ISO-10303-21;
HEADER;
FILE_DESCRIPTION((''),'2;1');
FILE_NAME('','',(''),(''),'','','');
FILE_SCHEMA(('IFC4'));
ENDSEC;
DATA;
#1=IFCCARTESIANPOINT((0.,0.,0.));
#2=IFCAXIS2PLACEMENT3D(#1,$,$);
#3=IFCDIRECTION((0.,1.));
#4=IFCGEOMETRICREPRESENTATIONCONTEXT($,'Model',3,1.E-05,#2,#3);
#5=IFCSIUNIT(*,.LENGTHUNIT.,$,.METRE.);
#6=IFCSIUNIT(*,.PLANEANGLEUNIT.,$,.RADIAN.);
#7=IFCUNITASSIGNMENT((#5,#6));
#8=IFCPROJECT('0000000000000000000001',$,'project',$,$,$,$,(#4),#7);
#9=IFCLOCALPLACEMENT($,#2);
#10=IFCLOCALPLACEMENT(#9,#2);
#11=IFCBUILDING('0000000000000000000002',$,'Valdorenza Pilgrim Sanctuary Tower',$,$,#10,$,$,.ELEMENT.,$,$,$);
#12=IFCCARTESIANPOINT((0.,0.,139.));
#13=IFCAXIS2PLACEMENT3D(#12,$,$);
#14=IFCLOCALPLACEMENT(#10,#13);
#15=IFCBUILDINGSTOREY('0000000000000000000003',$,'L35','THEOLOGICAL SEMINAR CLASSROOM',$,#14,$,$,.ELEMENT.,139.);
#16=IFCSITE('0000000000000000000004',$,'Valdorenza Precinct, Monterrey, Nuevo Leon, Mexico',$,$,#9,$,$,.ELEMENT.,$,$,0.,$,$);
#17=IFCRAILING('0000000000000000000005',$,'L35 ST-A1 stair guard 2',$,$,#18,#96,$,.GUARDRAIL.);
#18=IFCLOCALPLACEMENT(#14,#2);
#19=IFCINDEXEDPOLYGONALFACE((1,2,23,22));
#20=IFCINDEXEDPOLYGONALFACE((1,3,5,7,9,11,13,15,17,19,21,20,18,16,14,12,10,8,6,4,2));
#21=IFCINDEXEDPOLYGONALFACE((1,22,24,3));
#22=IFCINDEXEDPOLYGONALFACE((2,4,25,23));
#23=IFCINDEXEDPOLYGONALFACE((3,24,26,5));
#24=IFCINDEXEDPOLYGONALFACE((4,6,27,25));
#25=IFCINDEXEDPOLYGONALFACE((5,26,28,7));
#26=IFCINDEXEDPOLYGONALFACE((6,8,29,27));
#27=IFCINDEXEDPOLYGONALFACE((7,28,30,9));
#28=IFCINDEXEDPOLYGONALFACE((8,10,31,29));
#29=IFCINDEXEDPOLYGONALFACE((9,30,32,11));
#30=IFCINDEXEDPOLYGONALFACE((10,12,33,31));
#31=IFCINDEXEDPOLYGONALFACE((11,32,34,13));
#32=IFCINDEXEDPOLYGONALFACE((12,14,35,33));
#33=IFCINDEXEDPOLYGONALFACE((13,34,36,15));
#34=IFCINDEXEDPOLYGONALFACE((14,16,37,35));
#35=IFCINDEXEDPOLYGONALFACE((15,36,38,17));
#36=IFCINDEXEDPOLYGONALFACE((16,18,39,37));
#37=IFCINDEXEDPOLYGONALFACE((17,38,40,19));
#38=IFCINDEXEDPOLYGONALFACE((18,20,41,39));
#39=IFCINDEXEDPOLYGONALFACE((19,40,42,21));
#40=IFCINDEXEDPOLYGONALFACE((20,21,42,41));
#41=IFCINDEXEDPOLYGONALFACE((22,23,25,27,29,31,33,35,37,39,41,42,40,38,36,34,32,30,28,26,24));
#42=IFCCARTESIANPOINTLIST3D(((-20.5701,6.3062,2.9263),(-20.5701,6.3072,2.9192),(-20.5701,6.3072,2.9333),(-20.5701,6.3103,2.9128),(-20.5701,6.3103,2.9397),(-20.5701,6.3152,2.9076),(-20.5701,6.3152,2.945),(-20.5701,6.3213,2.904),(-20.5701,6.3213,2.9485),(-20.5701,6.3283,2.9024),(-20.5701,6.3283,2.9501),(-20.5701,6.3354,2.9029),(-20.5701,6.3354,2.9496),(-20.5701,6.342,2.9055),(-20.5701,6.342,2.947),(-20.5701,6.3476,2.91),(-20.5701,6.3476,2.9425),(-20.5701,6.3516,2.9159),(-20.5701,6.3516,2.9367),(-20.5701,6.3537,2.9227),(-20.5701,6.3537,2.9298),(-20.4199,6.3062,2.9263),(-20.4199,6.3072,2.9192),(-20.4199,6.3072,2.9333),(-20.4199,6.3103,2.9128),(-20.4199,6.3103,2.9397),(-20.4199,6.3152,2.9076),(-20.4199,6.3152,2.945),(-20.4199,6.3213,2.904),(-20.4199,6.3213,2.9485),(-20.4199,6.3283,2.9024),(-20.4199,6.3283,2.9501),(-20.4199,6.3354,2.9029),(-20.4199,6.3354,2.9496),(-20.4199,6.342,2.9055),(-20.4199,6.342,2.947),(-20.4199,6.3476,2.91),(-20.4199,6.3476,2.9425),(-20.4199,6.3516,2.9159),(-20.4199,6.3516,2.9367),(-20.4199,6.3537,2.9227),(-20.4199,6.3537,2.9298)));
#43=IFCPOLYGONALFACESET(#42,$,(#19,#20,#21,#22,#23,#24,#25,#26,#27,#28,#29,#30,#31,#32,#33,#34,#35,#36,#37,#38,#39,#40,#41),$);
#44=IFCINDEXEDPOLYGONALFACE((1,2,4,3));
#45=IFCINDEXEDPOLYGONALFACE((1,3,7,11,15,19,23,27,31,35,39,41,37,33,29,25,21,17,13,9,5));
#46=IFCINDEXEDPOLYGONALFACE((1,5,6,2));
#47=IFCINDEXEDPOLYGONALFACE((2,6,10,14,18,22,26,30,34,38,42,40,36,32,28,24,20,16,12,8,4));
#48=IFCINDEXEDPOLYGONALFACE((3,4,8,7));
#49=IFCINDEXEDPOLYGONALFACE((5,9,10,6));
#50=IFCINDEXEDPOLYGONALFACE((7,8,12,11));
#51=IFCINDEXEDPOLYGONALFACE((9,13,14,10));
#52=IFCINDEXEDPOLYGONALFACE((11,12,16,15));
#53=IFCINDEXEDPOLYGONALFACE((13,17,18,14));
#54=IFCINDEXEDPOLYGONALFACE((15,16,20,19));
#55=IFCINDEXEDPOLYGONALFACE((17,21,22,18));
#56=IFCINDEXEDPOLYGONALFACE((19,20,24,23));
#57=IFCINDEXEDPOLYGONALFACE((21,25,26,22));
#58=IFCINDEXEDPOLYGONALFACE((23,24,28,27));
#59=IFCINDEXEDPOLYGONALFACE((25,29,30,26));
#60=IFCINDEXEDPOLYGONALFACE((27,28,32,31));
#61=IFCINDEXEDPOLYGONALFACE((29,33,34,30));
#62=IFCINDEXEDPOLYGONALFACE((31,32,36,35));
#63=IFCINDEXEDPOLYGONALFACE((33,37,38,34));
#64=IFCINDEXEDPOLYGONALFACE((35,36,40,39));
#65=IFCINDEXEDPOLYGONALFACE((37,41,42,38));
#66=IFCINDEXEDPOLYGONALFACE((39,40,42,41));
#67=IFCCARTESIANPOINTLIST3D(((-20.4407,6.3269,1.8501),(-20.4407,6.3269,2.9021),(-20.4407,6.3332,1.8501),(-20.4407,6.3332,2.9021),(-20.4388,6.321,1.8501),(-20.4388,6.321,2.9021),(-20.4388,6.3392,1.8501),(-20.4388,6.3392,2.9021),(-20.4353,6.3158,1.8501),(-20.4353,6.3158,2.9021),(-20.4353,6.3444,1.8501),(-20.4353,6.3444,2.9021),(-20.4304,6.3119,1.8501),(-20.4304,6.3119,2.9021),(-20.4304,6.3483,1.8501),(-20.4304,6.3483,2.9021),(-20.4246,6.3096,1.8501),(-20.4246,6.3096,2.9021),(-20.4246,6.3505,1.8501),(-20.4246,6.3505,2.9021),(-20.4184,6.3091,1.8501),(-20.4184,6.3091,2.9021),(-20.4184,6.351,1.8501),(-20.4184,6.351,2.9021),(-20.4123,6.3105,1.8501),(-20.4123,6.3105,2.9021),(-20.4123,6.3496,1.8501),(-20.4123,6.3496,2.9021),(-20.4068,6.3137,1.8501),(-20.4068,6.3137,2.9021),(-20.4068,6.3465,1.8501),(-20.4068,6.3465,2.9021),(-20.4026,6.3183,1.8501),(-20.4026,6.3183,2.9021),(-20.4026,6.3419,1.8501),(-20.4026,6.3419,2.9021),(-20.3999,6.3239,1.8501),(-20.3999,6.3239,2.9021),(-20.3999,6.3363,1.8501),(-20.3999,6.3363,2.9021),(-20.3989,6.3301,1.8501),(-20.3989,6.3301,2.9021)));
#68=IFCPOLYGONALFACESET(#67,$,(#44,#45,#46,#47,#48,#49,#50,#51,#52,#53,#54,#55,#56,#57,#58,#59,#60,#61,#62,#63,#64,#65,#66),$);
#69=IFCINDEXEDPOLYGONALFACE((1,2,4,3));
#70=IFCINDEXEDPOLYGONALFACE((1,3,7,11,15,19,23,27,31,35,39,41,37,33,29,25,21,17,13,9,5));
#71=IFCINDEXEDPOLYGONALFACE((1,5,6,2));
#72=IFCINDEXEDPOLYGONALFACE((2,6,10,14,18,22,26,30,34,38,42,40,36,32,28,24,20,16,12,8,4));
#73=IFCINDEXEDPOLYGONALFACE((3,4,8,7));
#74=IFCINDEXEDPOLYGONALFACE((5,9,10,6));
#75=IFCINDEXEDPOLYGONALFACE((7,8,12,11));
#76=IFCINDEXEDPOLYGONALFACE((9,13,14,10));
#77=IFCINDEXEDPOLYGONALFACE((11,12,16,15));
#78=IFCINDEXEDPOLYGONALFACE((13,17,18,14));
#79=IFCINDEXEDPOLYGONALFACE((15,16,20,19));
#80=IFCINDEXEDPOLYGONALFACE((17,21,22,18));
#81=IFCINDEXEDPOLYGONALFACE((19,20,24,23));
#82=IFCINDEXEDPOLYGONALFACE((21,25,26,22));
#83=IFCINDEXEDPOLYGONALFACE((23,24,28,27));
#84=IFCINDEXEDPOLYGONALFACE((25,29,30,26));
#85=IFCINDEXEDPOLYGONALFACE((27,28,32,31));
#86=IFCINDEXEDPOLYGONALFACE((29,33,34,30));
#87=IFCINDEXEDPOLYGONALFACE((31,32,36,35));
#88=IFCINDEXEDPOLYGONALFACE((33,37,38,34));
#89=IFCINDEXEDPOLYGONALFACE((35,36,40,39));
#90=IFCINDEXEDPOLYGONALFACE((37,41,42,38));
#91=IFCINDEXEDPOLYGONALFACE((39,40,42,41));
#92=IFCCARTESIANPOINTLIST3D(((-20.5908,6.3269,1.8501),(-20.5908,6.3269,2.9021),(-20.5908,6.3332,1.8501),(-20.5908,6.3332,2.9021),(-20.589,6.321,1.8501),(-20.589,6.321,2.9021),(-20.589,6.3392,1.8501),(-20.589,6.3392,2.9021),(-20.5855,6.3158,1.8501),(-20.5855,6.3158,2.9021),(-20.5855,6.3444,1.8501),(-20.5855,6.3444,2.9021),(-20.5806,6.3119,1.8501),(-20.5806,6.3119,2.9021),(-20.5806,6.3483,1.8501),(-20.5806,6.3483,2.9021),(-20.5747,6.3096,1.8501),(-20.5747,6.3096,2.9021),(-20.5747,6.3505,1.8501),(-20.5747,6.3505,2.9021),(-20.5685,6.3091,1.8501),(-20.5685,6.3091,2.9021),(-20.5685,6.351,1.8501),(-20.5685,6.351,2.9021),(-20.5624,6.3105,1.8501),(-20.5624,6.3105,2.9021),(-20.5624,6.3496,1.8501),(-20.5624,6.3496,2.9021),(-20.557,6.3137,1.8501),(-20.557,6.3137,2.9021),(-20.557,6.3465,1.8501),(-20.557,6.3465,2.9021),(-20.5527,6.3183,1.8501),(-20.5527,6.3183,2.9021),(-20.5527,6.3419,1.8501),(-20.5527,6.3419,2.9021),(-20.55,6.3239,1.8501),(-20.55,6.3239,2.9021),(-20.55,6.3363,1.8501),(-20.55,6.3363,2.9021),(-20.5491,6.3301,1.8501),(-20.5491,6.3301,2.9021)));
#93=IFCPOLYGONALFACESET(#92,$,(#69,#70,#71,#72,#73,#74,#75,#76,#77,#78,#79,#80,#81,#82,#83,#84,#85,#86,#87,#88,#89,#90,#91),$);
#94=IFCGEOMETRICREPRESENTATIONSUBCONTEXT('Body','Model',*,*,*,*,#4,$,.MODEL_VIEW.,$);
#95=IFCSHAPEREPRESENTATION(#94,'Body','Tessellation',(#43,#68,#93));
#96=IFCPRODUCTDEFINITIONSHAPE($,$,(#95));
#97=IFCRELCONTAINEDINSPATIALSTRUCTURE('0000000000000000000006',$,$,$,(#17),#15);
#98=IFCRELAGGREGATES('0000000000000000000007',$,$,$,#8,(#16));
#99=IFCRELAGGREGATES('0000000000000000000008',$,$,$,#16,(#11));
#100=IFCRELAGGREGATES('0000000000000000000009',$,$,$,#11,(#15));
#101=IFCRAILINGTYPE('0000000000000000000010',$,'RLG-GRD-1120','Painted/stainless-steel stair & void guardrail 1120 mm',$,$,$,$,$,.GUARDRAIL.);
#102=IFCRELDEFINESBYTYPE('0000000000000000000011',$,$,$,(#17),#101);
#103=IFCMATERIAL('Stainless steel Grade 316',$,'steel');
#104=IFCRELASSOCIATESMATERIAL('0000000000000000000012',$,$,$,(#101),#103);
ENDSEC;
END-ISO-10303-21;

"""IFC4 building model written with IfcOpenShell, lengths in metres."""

from ifc_helpers import new_model, si_unit, direction, frame, origin, origin_2d, place, context, subcontext, project, spatial, circle, extrude, material, type_object, element, save


model = new_model("IFC4")

# Units and contexts
model_context = context("Model", 3, precision=1e-05, world=origin(), true_north=direction((0.0, 1.0)))
body_context = subcontext(model_context, "Body", "Model", "MODEL_VIEW")
ifc_project = project(units=[si_unit("LENGTHUNIT", "METRE"), si_unit("PLANEANGLEUNIT", "RADIAN")], contexts=[model_context])

# Site, building, storey
site_placement = place(None, origin())
site = spatial("IfcSite", under=ifc_project, at=site_placement, Name="Valdorenza Precinct, Monterrey, Nuevo Leon, Mexico", CompositionType="ELEMENT", RefElevation=0.0)
building_placement = place(site_placement, origin())
building = spatial("IfcBuilding", under=site, at=building_placement, Name="Valdorenza Pilgrim Sanctuary Tower", CompositionType="ELEMENT")
storey_placement = place(building_placement, frame((0.0, 0.0, 139.0)))
storey = spatial("IfcBuildingStorey", under=building, at=storey_placement, Name="L35", Description="THEOLOGICAL SEMINAR CLASSROOM", CompositionType="ELEMENT", Elevation=139.0)

# Railing
ifc_material_1 = material(Name="Stainless steel Grade 316", Category="steel")
railing_type_1 = type_object("IfcRailingType", Name="RLG-GRD-1120", Description="Painted/stainless-steel stair & void guardrail 1120 mm", PredefinedType="GUARDRAIL", material=ifc_material_1)
railing_1_placement = place(storey_placement, frame((-20.4199, 6.3301, 1.8501)))
element("IfcRailing", 1, at=railing_1_placement, inside=storey, type_object=railing_type_1, Name="L35 ST-A1 stair guard 2", PredefinedType="GUARDRAIL", context=body_context, shape_type="SweptSolid", body=[
    extrude(circle(Radius=0.0239, at=origin_2d()), frame((0.0, 0.0, 1.0762), z_axis=(-1.0, 0.0, 0.0), x_axis=(0.0, -1.0, 0.0)), (0.0, 0.0, 1.0), 0.1501),
    extrude(circle(Radius=0.021, at=origin_2d()), origin(), (0.0, 0.0, 1.0), 1.052),
    extrude(circle(Radius=0.021, at=origin_2d()), frame((-0.1501, 0.0, 0.0)), (0.0, 0.0, 1.0), 1.052),
])

save(model, "model.ifc")
